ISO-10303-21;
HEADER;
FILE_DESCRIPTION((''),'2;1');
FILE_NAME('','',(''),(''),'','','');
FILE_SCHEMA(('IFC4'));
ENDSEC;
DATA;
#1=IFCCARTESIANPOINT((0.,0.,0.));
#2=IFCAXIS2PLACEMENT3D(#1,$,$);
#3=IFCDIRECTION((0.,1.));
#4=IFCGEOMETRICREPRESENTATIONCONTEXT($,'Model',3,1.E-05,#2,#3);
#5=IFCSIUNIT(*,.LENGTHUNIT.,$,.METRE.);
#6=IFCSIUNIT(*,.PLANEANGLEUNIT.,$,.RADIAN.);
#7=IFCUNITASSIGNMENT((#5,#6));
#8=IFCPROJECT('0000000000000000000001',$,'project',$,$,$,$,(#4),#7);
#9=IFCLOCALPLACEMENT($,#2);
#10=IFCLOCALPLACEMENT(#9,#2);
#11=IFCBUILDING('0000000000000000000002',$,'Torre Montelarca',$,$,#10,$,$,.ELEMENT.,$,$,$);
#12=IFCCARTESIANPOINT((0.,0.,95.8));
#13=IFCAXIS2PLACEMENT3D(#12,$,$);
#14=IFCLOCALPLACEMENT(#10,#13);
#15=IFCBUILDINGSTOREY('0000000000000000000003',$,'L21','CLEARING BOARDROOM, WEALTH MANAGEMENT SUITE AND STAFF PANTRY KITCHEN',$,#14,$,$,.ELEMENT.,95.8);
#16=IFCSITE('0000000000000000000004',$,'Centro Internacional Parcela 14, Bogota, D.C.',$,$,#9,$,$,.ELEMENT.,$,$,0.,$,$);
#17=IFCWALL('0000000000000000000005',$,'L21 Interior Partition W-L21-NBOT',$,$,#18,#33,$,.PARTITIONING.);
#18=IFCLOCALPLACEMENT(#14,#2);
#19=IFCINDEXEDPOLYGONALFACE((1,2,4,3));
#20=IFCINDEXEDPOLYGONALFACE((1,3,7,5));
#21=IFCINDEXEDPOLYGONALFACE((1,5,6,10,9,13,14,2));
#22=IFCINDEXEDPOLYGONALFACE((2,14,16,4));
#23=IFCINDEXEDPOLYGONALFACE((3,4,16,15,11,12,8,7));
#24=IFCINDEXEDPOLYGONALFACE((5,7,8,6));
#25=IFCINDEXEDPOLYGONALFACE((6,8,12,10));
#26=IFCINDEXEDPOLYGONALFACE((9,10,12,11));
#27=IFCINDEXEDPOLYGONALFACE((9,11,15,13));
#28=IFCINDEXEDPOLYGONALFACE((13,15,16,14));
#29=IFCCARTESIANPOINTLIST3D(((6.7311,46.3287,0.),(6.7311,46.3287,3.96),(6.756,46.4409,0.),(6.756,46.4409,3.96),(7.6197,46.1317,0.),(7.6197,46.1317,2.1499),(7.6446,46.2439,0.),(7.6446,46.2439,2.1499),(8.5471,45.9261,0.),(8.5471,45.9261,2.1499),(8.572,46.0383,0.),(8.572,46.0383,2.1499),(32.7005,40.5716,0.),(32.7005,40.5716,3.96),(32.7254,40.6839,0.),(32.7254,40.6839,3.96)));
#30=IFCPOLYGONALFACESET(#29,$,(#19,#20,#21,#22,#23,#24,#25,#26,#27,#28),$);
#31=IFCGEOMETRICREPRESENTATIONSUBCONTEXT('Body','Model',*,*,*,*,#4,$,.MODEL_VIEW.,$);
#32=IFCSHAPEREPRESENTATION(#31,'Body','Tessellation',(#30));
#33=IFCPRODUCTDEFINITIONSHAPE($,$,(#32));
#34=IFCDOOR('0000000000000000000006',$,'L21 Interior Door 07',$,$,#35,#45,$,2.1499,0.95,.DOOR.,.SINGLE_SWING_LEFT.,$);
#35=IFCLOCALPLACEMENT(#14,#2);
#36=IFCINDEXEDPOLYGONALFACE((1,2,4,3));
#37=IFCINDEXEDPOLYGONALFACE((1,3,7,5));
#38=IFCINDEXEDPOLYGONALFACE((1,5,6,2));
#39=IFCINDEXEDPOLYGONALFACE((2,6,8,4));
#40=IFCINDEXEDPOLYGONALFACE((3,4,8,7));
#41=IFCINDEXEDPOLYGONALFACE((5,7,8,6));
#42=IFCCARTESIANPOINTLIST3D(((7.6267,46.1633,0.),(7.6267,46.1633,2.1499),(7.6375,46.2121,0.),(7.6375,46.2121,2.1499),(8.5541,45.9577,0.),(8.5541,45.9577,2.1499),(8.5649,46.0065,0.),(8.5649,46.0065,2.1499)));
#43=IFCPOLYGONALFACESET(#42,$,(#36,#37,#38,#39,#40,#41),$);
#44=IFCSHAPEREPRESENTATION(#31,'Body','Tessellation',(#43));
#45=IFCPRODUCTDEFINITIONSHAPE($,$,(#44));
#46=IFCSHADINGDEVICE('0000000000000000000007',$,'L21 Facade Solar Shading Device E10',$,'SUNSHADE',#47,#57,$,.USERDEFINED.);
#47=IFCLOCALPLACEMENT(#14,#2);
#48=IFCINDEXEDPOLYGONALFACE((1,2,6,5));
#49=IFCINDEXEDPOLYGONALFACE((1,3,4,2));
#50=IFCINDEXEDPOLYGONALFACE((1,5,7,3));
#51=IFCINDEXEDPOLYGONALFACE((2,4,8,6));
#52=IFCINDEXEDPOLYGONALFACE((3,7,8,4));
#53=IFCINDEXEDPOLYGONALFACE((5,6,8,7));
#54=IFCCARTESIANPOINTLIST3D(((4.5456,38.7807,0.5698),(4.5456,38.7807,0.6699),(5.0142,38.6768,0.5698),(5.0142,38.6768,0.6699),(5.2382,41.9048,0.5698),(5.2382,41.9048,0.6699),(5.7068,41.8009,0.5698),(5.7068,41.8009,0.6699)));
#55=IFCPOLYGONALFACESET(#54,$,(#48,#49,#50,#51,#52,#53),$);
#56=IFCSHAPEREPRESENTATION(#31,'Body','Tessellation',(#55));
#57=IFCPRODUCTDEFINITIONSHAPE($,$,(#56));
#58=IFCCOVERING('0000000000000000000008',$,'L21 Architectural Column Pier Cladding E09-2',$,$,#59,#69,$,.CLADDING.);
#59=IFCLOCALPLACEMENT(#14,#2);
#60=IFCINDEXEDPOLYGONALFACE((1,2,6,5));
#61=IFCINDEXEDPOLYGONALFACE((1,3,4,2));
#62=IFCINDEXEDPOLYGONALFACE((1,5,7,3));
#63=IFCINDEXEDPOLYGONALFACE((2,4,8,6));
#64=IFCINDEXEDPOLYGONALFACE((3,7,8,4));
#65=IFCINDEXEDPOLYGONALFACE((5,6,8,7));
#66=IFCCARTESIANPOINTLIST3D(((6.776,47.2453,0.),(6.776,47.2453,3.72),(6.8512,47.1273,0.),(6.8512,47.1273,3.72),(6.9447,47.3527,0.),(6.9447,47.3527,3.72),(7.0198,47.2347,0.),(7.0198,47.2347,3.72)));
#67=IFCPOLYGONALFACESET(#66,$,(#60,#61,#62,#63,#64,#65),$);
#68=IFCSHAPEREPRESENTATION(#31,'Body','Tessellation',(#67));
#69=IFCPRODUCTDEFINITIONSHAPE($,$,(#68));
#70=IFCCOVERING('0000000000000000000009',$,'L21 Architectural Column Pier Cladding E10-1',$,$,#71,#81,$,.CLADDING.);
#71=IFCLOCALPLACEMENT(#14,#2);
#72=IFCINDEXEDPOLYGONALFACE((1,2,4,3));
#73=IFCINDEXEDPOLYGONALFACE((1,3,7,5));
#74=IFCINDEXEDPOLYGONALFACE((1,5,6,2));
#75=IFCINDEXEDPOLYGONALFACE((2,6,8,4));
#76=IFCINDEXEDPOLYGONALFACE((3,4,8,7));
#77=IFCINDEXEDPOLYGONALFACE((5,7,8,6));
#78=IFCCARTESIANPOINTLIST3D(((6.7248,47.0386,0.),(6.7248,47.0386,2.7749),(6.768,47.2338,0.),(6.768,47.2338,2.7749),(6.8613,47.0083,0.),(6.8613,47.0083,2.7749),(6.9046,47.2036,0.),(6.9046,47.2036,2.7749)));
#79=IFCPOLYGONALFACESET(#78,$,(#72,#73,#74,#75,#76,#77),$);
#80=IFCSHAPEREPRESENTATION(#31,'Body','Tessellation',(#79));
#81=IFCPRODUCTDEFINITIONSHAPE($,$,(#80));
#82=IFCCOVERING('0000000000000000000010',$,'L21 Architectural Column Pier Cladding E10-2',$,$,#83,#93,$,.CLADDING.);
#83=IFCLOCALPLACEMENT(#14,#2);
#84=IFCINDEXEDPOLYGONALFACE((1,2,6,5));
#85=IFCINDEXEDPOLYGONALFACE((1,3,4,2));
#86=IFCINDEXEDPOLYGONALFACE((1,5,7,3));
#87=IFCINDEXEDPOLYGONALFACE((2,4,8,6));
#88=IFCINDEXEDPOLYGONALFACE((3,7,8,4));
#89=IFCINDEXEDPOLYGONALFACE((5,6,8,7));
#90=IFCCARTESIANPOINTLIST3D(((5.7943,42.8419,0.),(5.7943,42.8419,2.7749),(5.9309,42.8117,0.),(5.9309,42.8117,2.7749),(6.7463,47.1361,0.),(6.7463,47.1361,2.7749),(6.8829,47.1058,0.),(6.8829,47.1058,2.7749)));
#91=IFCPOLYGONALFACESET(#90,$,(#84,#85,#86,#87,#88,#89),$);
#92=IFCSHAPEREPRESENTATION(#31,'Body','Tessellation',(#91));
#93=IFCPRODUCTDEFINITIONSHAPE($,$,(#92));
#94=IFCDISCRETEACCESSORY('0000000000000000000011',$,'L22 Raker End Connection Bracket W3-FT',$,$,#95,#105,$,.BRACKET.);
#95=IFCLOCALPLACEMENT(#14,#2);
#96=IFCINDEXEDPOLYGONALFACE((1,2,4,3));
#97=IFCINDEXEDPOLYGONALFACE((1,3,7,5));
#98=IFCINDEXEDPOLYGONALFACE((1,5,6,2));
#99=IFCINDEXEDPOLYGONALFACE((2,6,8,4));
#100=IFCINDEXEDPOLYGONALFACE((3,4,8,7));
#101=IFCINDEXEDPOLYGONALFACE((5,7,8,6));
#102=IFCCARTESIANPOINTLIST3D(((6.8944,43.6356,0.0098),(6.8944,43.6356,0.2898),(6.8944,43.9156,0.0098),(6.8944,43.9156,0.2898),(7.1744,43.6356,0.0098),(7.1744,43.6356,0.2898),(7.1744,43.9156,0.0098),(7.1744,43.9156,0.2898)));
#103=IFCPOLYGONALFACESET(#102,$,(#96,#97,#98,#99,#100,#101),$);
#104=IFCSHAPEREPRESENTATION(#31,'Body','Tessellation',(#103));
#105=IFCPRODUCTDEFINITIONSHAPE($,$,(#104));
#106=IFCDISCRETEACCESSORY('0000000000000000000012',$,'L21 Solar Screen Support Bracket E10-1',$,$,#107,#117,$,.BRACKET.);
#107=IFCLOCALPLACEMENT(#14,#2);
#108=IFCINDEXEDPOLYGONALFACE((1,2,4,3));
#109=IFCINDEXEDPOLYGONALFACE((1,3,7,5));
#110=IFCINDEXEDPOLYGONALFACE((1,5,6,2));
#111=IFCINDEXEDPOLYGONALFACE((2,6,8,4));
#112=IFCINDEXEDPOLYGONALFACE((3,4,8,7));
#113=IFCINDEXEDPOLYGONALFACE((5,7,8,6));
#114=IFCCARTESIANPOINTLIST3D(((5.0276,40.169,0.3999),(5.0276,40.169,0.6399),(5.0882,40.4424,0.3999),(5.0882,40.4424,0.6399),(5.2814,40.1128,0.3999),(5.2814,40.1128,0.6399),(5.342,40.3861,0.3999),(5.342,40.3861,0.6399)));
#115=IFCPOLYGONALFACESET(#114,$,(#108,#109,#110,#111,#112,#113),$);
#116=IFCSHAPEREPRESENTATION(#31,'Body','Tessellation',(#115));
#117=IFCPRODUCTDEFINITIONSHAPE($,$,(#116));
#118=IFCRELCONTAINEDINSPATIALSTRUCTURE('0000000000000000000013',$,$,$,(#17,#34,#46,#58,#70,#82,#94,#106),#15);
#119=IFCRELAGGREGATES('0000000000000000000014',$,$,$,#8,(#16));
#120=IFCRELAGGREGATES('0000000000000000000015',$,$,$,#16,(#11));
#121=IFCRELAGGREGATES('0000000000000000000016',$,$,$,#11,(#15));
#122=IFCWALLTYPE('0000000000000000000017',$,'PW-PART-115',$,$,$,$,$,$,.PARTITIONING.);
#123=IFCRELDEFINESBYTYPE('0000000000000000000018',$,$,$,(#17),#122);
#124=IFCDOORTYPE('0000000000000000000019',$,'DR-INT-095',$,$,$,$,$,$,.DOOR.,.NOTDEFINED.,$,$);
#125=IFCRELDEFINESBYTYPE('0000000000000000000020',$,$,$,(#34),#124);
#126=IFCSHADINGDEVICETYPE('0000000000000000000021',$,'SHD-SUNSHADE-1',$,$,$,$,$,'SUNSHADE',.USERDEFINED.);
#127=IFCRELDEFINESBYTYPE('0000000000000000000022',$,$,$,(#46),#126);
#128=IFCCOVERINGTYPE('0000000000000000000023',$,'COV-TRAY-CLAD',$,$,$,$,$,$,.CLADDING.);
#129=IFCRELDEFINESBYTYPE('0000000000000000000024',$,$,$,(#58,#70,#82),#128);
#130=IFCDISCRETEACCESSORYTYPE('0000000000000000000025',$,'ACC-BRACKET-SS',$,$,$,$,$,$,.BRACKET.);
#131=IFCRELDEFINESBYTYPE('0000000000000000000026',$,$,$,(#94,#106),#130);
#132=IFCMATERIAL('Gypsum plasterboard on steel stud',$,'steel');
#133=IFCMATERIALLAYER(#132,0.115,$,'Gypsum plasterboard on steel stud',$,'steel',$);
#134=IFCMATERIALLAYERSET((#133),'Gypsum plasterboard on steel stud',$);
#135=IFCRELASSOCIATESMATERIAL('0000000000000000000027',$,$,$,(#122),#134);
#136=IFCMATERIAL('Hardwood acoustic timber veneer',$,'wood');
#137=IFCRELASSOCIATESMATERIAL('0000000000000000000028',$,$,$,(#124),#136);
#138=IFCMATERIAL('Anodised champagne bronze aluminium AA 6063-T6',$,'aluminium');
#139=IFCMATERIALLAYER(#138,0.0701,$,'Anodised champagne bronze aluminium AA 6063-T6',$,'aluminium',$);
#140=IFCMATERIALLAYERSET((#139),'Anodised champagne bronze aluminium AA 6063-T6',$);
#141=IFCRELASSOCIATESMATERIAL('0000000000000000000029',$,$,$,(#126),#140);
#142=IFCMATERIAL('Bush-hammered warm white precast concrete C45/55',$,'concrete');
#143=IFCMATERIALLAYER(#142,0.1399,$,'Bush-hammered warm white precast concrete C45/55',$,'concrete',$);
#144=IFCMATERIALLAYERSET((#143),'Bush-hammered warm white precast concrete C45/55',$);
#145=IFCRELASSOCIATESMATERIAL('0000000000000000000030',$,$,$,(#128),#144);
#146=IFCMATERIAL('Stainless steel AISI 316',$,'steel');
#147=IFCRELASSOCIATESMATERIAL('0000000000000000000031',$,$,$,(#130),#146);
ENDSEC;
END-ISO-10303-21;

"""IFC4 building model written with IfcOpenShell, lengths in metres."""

from ifc_helpers import new_model, si_unit, direction, frame, frame_2d, origin, origin_2d, place, context, subcontext, project, spatial, rectangle, extrude, source, transform, mapped, material, layer, layer_set, type_object, element, fill, save


model = new_model("IFC4")

# Units and contexts
model_context = context("Model", 3, precision=1e-05, world=origin(), true_north=direction((0.0, 1.0)))
body_context = subcontext(model_context, "Body", "Model", "MODEL_VIEW")
ifc_project = project(units=[si_unit("LENGTHUNIT", "METRE"), si_unit("PLANEANGLEUNIT", "RADIAN")], contexts=[model_context])

# Site, building, storey
site_placement = place(None, origin())
site = spatial("IfcSite", under=ifc_project, at=site_placement, Name="Centro Internacional Parcela 14, Bogota, D.C.", CompositionType="ELEMENT", RefElevation=0.0)
building_placement = place(site_placement, origin())
building = spatial("IfcBuilding", under=site, at=building_placement, Name="Torre Montelarca", CompositionType="ELEMENT")
storey_placement = place(building_placement, frame((0.0, 0.0, 95.8)))
storey = spatial("IfcBuildingStorey", under=building, at=storey_placement, Name="L21", Description="CLEARING BOARDROOM, WEALTH MANAGEMENT SUITE AND STAFF PANTRY KITCHEN", CompositionType="ELEMENT", Elevation=95.8)

# Wall, opening, door
ifc_material_1 = material(Name="Gypsum plasterboard on steel stud", Category="steel")
ifc_layer_1 = layer(ifc_material_1, 0.115, Name="Gypsum plasterboard on steel stud", Category="steel")
ifc_layer_set_1 = layer_set([ifc_layer_1], Name="Gypsum plasterboard on steel stud")
wall_type = type_object("IfcWallType", Name="PW-PART-115", PredefinedType="PARTITIONING", material=ifc_layer_set_1)
wall_placement = place(storey_placement, frame((6.7437, 46.3848, 0.0), z_axis=(0.0, 0.0, 1.0), x_axis=(0.976298, -0.216432, 0.0)))
wall = element("IfcWall", 1, at=wall_placement, inside=storey, type_object=wall_type, Name="L21 Interior Partition W-L21-NBOT", PredefinedType="PARTITIONING", context=body_context, shape_type="SweptSolid", body=[
    extrude(rectangle(XDim=26.5999, YDim=0.115, at=frame_2d((13.2998, 0.0))), origin(), (0.0, 0.0, 1.0), 3.96),
])
opening_placement = place(wall_placement, frame((0.9099, 0.0, 0.0)))
opening = element("IfcOpeningElement", 2, at=opening_placement, cuts=wall, PredefinedType="OPENING", context=body_context, shape_type="SweptSolid", body=[
    extrude(rectangle(XDim=0.95, YDim=2.1499, at=frame_2d((0.4751, 1.075))), frame((0.0, 0.0674, 0.0), z_axis=(0.0, -1.0, 0.0), x_axis=(1.0, 0.0, 0.0)), (0.0, 0.0, 1.0), 0.135),
])
ifc_material_2 = material(Name="Hardwood acoustic timber veneer", Category="wood")
door_type = type_object("IfcDoorType", Name="DR-INT-095", OperationType="NOTDEFINED", PredefinedType="DOOR", material=ifc_material_2)
shared_shape_1 = source(origin(), body_context, "Body", "SweptSolid", [
    extrude(rectangle(XDim=0.95, YDim=2.1499, at=frame_2d((0.4751, 1.075))), frame((0.0, 0.0249, 0.0), z_axis=(0.0, -1.0, 0.0), x_axis=(1.0, 0.0, 0.0)), (0.0, 0.0, 1.0), 0.05),
])
door_placement = place(opening_placement, origin())
door = element("IfcDoor", 3, at=door_placement, inside=storey, type_object=door_type, Name="L21 Interior Door 07", OperationType="SINGLE_SWING_LEFT", OverallHeight=2.1499, OverallWidth=0.95, PredefinedType="DOOR", context=body_context, shape_type="MappedRepresentation", body=[
    mapped(shared_shape_1, transform((0.0, 0.0, 0.0), scale=1.0)),
])
fill(opening, door)

# Shading device
ifc_material_3 = material(Name="Anodised champagne bronze aluminium AA 6063-T6", Category="aluminium")
ifc_layer_2 = layer(ifc_material_3, 0.0701, Name="Anodised champagne bronze aluminium AA 6063-T6", Category="aluminium")
ifc_layer_set_2 = layer_set([ifc_layer_2], Name="Anodised champagne bronze aluminium AA 6063-T6")
shading_device_type = type_object("IfcShadingDeviceType", Name="SHD-SUNSHADE-1", ElementType="SUNSHADE", PredefinedType="USERDEFINED", material=ifc_layer_set_2)
shared_shape_2 = source(origin(), body_context, "Body", "SweptSolid", [
    extrude(rectangle(XDim=3.2, YDim=0.48, at=origin_2d()), origin(), (0.0, 0.0, 1.0), 0.1001),
])
shading_device_placement = place(storey_placement, frame((5.1262, 40.2908, 0.5698), z_axis=(0.0, 0.0, 1.0), x_axis=(-0.216441, -0.976296, 0.0)))
element("IfcShadingDevice", 4, at=shading_device_placement, inside=storey, type_object=shading_device_type, Name="L21 Facade Solar Shading Device E10", ObjectType="SUNSHADE", PredefinedType="USERDEFINED", context=body_context, shape_type="MappedRepresentation", body=[
    mapped(shared_shape_2, transform((0.0, 0.0, 0.0), scale=1.0)),
])

# Coverings
ifc_material_4 = material(Name="Bush-hammered warm white precast concrete C45/55", Category="concrete")
ifc_layer_3 = layer(ifc_material_4, 0.1399, Name="Bush-hammered warm white precast concrete C45/55", Category="concrete")
ifc_layer_set_3 = layer_set([ifc_layer_3], Name="Bush-hammered warm white precast concrete C45/55")
covering_type = type_object("IfcCoveringType", Name="COV-TRAY-CLAD", PredefinedType="CLADDING", material=ifc_layer_set_3)
shared_shape_3 = source(origin(), body_context, "Body", "SweptSolid", [
    extrude(rectangle(XDim=0.2, YDim=0.1399, at=origin_2d()), origin(), (0.0, 0.0, 1.0), 3.72),
])
covering_1_placement = place(storey_placement, frame((6.8979, 47.24, 0.0), z_axis=(0.0, 0.0, 1.0), x_axis=(-0.843382, -0.537314, 0.0)))
element("IfcCovering", 5, at=covering_1_placement, inside=storey, type_object=covering_type, Name="L21 Architectural Column Pier Cladding E09-2", PredefinedType="CLADDING", context=body_context, shape_type="MappedRepresentation", body=[
    mapped(shared_shape_3, transform((0.0, 0.0, 0.0), scale=1.0)),
])
shared_shape_4 = source(origin(), body_context, "Body", "SweptSolid", [
    extrude(rectangle(XDim=0.2, YDim=0.1399, at=origin_2d()), origin(), (0.0, 0.0, 1.0), 2.7749),
])
covering_2_placement = place(storey_placement, frame((6.8147, 47.1211, 0.0), z_axis=(0.0, 0.0, 1.0), x_axis=(-0.216441, -0.976296, 0.0)))
element("IfcCovering", 6, at=covering_2_placement, inside=storey, type_object=covering_type, Name="L21 Architectural Column Pier Cladding E10-1", PredefinedType="CLADDING", context=body_context, shape_type="MappedRepresentation", body=[
    mapped(shared_shape_4, transform((0.0, 0.0, 0.0), scale=1.0)),
])
shared_shape_5 = source(origin(), body_context, "Body", "SweptSolid", [
    extrude(rectangle(XDim=4.3984, YDim=0.1399, at=origin_2d()), origin(), (0.0, 0.0, 1.0), 2.7749),
])
covering_3_placement = place(storey_placement, frame((6.3386, 44.9739, 0.0), z_axis=(0.0, 0.0, 1.0), x_axis=(-0.216441, -0.976296, 0.0)))
element("IfcCovering", 7, at=covering_3_placement, inside=storey, type_object=covering_type, Name="L21 Architectural Column Pier Cladding E10-2", PredefinedType="CLADDING", context=body_context, shape_type="MappedRepresentation", body=[
    mapped(shared_shape_5, transform((0.0, 0.0, 0.0), scale=1.0)),
])

# Discrete accessories
ifc_material_5 = material(Name="Stainless steel AISI 316", Category="steel")
discrete_accessory_type = type_object("IfcDiscreteAccessoryType", Name="ACC-BRACKET-SS", PredefinedType="BRACKET", material=ifc_material_5)
shared_shape_6 = source(origin(), body_context, "Body", "SweptSolid", [
    extrude(rectangle(XDim=0.28, YDim=0.28, at=origin_2d()), origin(), (0.0, 0.0, 1.0), 0.28),
])
discrete_accessory_1_placement = place(storey_placement, frame((7.0344, 43.7756, 0.0098), z_axis=(0.0, 0.0, 1.0), x_axis=(1.0, 0.0, 0.0)))
element("IfcDiscreteAccessory", 8, at=discrete_accessory_1_placement, inside=storey, type_object=discrete_accessory_type, Name="L22 Raker End Connection Bracket W3-FT", PredefinedType="BRACKET", context=body_context, shape_type="MappedRepresentation", body=[
    mapped(shared_shape_6, transform((0.0, 0.0, 0.0), scale=1.0)),
])
shared_shape_7 = source(origin(), body_context, "Body", "SweptSolid", [
    extrude(rectangle(XDim=0.28, YDim=0.26, at=origin_2d()), origin(), (0.0, 0.0, 1.0), 0.24),
])
discrete_accessory_2_placement = place(storey_placement, frame((5.1848, 40.2776, 0.3999), z_axis=(0.0, 0.0, 1.0), x_axis=(-0.216441, -0.976296, 0.0)))
element("IfcDiscreteAccessory", 9, at=discrete_accessory_2_placement, inside=storey, type_object=discrete_accessory_type, Name="L21 Solar Screen Support Bracket E10-1", PredefinedType="BRACKET", context=body_context, shape_type="MappedRepresentation", body=[
    mapped(shared_shape_7, transform((0.0, 0.0, 0.0), scale=1.0)),
])

save(model, "model.ifc")
